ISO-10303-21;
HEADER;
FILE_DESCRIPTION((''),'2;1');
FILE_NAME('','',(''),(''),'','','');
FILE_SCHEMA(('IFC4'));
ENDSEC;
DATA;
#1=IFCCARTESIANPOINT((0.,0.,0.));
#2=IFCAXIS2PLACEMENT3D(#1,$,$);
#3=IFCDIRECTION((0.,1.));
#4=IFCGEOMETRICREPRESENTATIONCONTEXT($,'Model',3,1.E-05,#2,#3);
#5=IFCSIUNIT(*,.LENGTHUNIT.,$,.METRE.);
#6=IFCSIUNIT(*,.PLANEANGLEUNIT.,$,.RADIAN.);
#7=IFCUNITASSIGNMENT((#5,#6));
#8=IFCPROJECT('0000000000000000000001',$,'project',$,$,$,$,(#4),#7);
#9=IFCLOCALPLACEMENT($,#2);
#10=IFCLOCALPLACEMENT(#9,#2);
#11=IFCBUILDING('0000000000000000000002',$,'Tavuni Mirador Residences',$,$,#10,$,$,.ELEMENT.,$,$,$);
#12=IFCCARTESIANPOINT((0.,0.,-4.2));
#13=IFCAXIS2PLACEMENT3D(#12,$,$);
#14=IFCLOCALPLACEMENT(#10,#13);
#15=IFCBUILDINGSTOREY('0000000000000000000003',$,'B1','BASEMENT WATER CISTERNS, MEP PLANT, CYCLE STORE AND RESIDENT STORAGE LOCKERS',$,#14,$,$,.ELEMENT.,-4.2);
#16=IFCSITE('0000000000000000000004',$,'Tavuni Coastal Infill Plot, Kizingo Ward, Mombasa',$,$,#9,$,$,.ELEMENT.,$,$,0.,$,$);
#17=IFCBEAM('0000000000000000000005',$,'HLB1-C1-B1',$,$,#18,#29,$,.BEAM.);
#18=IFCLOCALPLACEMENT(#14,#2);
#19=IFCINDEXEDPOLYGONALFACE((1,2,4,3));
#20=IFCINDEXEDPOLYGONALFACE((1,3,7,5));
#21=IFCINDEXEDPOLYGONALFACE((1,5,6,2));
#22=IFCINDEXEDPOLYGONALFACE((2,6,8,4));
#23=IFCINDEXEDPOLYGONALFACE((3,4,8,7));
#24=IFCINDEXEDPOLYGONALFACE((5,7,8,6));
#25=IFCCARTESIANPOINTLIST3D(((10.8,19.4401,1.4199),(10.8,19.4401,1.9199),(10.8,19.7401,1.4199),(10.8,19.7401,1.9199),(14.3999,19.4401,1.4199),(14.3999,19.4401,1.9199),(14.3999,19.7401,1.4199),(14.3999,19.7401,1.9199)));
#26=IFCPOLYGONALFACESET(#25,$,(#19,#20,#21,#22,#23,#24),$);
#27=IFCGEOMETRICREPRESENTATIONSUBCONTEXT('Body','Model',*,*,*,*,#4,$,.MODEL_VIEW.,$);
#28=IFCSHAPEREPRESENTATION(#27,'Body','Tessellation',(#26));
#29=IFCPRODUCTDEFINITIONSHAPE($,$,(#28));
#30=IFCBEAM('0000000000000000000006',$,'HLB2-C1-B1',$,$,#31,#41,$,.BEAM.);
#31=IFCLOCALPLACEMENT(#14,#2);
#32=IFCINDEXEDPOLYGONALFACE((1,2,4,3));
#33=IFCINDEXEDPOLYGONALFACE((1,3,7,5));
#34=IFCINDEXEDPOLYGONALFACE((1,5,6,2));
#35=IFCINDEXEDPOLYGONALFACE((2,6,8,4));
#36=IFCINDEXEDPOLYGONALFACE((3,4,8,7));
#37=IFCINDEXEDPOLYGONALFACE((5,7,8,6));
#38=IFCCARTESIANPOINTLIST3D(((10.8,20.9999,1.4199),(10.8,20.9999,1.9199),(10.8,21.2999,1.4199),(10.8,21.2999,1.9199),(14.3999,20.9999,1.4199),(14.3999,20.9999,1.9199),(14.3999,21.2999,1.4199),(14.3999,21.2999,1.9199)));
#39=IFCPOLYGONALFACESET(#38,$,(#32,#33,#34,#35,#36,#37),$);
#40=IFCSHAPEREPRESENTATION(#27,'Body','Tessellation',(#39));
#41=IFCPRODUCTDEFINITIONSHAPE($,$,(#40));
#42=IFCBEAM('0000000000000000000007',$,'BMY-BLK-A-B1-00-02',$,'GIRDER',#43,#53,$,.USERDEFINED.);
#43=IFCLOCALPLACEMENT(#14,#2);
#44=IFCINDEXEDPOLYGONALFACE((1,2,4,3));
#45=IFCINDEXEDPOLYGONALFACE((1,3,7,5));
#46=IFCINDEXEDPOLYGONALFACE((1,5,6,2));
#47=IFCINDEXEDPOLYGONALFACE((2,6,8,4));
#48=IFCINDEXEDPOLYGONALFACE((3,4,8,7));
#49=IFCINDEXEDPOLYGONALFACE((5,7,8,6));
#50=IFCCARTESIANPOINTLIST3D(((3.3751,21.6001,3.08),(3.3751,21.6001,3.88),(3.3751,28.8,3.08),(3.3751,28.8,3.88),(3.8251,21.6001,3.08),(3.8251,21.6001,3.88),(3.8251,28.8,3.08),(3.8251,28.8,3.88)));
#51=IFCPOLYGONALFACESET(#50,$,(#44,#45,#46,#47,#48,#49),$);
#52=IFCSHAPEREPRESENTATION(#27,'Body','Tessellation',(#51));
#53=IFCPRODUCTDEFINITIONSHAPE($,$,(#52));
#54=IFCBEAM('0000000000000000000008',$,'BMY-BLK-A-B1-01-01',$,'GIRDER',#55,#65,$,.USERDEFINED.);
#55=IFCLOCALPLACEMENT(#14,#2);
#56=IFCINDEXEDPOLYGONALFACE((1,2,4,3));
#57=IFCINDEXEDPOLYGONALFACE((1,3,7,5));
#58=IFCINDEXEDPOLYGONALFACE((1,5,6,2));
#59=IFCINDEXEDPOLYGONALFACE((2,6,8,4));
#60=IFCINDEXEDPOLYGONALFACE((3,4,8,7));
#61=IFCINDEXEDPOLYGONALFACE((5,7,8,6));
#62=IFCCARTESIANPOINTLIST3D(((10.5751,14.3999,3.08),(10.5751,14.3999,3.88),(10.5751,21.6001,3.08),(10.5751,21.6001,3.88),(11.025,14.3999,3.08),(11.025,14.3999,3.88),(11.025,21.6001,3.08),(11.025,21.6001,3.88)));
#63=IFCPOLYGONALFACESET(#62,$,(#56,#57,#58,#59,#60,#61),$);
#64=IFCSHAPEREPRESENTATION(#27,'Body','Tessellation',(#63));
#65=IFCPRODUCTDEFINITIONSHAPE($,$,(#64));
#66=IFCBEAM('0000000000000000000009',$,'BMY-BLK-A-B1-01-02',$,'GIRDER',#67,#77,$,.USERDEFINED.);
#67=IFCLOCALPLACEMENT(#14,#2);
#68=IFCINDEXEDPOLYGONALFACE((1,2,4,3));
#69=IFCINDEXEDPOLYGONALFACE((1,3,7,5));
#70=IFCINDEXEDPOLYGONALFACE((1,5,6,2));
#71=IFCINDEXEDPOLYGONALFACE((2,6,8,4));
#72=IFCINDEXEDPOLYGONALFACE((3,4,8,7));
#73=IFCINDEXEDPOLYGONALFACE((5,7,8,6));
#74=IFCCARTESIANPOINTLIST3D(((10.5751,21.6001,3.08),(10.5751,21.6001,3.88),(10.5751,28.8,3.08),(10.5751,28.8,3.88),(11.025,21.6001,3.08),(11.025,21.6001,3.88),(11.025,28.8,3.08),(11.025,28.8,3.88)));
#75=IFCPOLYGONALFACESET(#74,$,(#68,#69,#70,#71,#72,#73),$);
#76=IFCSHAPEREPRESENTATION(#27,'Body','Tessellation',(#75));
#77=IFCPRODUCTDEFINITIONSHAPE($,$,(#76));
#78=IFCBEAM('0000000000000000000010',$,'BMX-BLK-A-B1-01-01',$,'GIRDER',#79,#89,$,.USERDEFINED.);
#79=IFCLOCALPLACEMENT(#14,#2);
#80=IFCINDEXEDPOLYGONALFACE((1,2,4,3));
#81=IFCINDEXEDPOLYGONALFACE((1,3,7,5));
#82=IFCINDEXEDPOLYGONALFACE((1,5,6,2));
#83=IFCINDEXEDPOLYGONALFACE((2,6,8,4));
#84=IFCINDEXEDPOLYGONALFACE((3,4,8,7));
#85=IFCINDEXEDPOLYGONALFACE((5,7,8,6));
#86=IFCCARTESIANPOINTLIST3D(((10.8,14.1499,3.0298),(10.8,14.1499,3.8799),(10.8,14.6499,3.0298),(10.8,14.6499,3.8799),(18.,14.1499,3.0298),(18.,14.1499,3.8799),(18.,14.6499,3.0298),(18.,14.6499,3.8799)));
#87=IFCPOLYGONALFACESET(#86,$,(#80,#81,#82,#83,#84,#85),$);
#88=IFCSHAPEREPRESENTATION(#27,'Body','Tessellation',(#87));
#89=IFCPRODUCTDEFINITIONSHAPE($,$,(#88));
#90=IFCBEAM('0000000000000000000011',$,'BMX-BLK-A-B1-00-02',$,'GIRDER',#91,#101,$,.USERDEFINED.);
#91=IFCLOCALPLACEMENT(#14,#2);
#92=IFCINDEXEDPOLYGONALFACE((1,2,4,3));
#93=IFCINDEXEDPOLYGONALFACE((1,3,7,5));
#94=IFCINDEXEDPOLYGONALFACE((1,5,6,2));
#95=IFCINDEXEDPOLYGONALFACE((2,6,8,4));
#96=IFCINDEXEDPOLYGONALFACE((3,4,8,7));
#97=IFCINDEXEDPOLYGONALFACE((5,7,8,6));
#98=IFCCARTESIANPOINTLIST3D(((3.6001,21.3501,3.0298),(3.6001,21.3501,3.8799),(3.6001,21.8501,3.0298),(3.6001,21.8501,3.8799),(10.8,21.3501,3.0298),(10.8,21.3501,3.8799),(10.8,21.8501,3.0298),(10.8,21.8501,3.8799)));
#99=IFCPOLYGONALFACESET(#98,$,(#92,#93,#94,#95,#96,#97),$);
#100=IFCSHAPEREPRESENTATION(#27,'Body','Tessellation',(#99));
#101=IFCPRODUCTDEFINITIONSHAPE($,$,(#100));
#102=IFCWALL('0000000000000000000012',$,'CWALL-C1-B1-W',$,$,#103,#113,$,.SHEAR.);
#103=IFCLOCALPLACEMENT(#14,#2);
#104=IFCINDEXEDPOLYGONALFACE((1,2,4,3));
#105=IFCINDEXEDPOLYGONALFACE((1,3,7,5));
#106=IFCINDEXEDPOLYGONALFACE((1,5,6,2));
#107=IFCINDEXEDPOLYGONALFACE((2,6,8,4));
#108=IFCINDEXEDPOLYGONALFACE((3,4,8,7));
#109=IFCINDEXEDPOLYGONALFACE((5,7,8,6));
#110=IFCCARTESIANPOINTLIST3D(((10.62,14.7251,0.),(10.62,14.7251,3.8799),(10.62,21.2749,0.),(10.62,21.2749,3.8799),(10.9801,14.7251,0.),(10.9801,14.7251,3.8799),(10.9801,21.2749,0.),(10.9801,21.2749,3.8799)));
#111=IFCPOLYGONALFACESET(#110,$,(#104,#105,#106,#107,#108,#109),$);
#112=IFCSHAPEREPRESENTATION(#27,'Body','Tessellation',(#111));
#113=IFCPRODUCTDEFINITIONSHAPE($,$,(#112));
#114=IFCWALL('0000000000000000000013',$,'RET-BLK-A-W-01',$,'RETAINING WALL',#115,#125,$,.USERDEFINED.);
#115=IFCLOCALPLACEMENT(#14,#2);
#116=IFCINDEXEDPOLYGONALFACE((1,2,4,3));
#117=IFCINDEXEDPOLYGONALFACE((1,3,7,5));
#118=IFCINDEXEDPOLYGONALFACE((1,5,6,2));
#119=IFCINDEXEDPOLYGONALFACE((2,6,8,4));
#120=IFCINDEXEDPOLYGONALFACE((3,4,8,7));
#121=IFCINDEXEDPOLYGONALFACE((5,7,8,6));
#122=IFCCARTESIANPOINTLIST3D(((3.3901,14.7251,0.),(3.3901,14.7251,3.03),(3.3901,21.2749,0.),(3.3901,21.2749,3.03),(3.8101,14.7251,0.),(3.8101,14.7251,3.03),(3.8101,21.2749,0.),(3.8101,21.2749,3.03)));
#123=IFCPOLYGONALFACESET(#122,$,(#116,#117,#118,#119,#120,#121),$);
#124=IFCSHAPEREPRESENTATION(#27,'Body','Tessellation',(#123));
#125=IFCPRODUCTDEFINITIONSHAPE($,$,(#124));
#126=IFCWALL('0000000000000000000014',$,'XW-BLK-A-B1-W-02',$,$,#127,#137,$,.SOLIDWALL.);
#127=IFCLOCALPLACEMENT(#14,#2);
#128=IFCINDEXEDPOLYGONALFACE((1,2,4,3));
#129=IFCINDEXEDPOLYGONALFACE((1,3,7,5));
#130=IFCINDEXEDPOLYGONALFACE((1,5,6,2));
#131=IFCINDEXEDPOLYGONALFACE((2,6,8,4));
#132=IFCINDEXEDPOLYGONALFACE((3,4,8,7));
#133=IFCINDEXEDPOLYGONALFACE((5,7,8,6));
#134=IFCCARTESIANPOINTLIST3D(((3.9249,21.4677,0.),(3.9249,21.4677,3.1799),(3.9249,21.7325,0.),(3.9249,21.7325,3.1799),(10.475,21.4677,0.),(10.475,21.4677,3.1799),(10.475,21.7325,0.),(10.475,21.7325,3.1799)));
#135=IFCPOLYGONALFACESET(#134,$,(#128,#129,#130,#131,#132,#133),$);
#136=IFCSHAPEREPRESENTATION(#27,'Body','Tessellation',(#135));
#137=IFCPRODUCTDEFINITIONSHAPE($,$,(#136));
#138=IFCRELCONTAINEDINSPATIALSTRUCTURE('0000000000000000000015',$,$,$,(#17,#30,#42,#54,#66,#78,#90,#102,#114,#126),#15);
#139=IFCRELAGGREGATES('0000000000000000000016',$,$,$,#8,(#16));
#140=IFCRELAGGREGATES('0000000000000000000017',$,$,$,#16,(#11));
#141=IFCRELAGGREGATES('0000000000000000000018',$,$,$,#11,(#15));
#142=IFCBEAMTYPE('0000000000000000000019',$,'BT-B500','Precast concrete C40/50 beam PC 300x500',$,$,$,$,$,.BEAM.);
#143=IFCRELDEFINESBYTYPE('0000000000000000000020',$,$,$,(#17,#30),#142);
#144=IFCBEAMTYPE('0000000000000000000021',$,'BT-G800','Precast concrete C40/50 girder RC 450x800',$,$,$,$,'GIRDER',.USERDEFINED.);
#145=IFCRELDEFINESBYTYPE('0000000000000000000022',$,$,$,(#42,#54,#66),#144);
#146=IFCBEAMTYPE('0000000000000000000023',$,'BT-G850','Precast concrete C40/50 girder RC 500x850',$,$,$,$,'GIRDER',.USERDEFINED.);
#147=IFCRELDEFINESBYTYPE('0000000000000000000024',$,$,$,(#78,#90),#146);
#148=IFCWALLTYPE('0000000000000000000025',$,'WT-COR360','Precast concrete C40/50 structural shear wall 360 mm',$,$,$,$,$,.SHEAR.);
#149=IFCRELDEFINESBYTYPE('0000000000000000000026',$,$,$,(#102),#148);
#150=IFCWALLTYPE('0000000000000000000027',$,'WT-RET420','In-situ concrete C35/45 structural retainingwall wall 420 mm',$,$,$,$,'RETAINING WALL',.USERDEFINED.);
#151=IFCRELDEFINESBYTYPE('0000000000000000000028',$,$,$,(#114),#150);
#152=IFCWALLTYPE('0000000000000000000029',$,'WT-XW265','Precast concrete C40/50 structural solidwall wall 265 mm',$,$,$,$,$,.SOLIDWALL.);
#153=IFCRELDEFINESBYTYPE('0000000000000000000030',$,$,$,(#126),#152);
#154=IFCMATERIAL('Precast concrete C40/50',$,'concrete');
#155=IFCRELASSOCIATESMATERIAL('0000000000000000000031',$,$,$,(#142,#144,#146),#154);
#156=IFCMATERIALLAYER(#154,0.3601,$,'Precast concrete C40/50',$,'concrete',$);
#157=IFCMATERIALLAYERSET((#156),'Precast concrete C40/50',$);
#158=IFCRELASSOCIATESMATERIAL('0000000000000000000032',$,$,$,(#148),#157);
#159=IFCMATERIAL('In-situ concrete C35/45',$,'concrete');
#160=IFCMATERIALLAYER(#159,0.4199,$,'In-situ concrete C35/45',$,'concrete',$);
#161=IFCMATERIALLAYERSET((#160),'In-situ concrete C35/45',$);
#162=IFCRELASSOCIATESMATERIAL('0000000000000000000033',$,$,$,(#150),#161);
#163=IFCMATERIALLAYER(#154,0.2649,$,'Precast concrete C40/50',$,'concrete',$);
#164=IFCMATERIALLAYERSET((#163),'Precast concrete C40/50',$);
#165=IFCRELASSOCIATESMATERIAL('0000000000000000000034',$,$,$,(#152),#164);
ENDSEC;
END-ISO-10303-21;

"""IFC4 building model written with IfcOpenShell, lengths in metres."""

from ifc_helpers import new_model, si_unit, direction, frame, frame_2d, origin, origin_2d, place, context, subcontext, project, spatial, rectangle, extrude, material, layer, layer_set, material_profile, profile_set, type_object, element, save


model = new_model("IFC4")

# Units and contexts
model_context = context("Model", 3, precision=1e-05, world=origin(), true_north=direction((0.0, 1.0)))
body_context = subcontext(model_context, "Body", "Model", "MODEL_VIEW")
ifc_project = project(units=[si_unit("LENGTHUNIT", "METRE"), si_unit("PLANEANGLEUNIT", "RADIAN")], contexts=[model_context])

# Site, building, storey
site_placement = place(None, origin())
site = spatial("IfcSite", under=ifc_project, at=site_placement, Name="Tavuni Coastal Infill Plot, Kizingo Ward, Mombasa", CompositionType="ELEMENT", RefElevation=0.0)
building_placement = place(site_placement, origin())
building = spatial("IfcBuilding", under=site, at=building_placement, Name="Tavuni Mirador Residences", CompositionType="ELEMENT")
storey_placement = place(building_placement, frame((0.0, 0.0, -4.2)))
storey = spatial("IfcBuildingStorey", under=building, at=storey_placement, Name="B1", Description="BASEMENT WATER CISTERNS, MEP PLANT, CYCLE STORE AND RESIDENT STORAGE LOCKERS", CompositionType="ELEMENT", Elevation=-4.2)

# Shared definitions
ifc_material_1 = material(Name="In-situ concrete C35/45", Category="concrete")

# Beams
ifc_material_2 = material(Name="Precast concrete C40/50", Category="concrete")
ifc_material_profile_1 = material_profile(ifc_material_2, rectangle(XDim=0.3, YDim=0.5, at=origin_2d()), Name="PC 300x500", Category="concrete")
ifc_profile_set_1 = profile_set([ifc_material_profile_1], Name="Precast concrete C40/50")
beam_type_1 = type_object("IfcBeamType", Name="BT-B500", Description="Precast concrete C40/50 beam PC 300x500", PredefinedType="BEAM", material=ifc_profile_set_1)
for number, where, z_axis, x_axis, name in (
    (1, (10.8, 19.5901, 1.6699), (1.0, 0.0, 0.0), (0.0, 1.0, 0.0), "HLB1-C1-B1"),
    (2, (10.8, 21.1499, 1.6699), (1.0, 0.0, 0.0), (0.0, 1.0, 0.0), "HLB2-C1-B1"),
):
    element("IfcBeam", number, at=place(storey_placement, frame(where, z_axis=z_axis, x_axis=x_axis)), inside=storey, type_object=beam_type_1, Name=name, PredefinedType="BEAM", context=body_context, shape_type="SweptSolid", body=[
        extrude(rectangle(XDim=0.3, YDim=0.5, at=origin_2d()), origin(), (0.0, 0.0, 1.0), 3.5999),
    ])
ifc_material_profile_2 = material_profile(ifc_material_2, rectangle(XDim=0.45, YDim=0.8, at=origin_2d()), Name="RC 450x800", Category="concrete")
ifc_profile_set_2 = profile_set([ifc_material_profile_2], Name="Precast concrete C40/50")
beam_type_2 = type_object("IfcBeamType", Name="BT-G800", Description="Precast concrete C40/50 girder RC 450x800", ElementType="GIRDER", PredefinedType="USERDEFINED", material=ifc_profile_set_2)
beam_1_placement = place(storey_placement, frame((3.6001, 21.6001, 3.48), z_axis=(0.0, 1.0, 0.0), x_axis=(-1.0, 0.0, 0.0)))
element("IfcBeam", 3, at=beam_1_placement, inside=storey, type_object=beam_type_2, Name="BMY-BLK-A-B1-00-02", ObjectType="GIRDER", PredefinedType="USERDEFINED", context=body_context, shape_type="SweptSolid", body=[
    extrude(rectangle(XDim=0.45, YDim=0.8, at=origin_2d()), origin(), (0.0, 0.0, 1.0), 7.2),
])
beam_2_placement = place(storey_placement, frame((10.8, 14.3999, 3.48), z_axis=(0.0, 1.0, 0.0), x_axis=(-1.0, 0.0, 0.0)))
element("IfcBeam", 4, at=beam_2_placement, inside=storey, type_object=beam_type_2, Name="BMY-BLK-A-B1-01-01", ObjectType="GIRDER", PredefinedType="USERDEFINED", context=body_context, shape_type="SweptSolid", body=[
    extrude(rectangle(XDim=0.45, YDim=0.8, at=origin_2d()), origin(), (0.0, 0.0, 1.0), 7.2002),
])
beam_3_placement = place(storey_placement, frame((10.8, 21.6001, 3.48), z_axis=(0.0, 1.0, 0.0), x_axis=(-1.0, 0.0, 0.0)))
element("IfcBeam", 5, at=beam_3_placement, inside=storey, type_object=beam_type_2, Name="BMY-BLK-A-B1-01-02", ObjectType="GIRDER", PredefinedType="USERDEFINED", context=body_context, shape_type="SweptSolid", body=[
    extrude(rectangle(XDim=0.45, YDim=0.8, at=origin_2d()), origin(), (0.0, 0.0, 1.0), 7.2),
])
ifc_material_profile_3 = material_profile(ifc_material_2, rectangle(XDim=0.5, YDim=0.8501, at=origin_2d()), Name="RC 500x850", Category="concrete")
ifc_profile_set_3 = profile_set([ifc_material_profile_3], Name="Precast concrete C40/50")
beam_type_3 = type_object("IfcBeamType", Name="BT-G850", Description="Precast concrete C40/50 girder RC 500x850", ElementType="GIRDER", PredefinedType="USERDEFINED", material=ifc_profile_set_3)
for number, where, z_axis, x_axis, name in (
    (6, (10.8, 14.3999, 3.4548), (1.0, 0.0, 0.0), (0.0, 1.0, 0.0), "BMX-BLK-A-B1-01-01"),
    (7, (3.6001, 21.6001, 3.4548), (1.0, 0.0, 0.0), (0.0, 1.0, 0.0), "BMX-BLK-A-B1-00-02"),
):
    element("IfcBeam", number, at=place(storey_placement, frame(where, z_axis=z_axis, x_axis=x_axis)), inside=storey, type_object=beam_type_3, Name=name, ObjectType="GIRDER", PredefinedType="USERDEFINED", context=body_context, shape_type="SweptSolid", body=[
        extrude(rectangle(XDim=0.5, YDim=0.8501, at=origin_2d()), origin(), (0.0, 0.0, 1.0), 7.2),
    ])

# Walls
ifc_layer_1 = layer(ifc_material_2, 0.3601, Name="Precast concrete C40/50", Category="concrete")
ifc_layer_set_1 = layer_set([ifc_layer_1], Name="Precast concrete C40/50")
wall_type_1 = type_object("IfcWallType", Name="WT-COR360", Description="Precast concrete C40/50 structural shear wall 360 mm", PredefinedType="SHEAR", material=ifc_layer_set_1)
wall_1_placement = place(storey_placement, frame((10.8, 14.7251, 0.0), z_axis=(0.0, 0.0, 1.0), x_axis=(0.0, 1.0, 0.0)))
element("IfcWall", 8, at=wall_1_placement, inside=storey, type_object=wall_type_1, Name="CWALL-C1-B1-W", PredefinedType="SHEAR", context=body_context, shape_type="SweptSolid", body=[
    extrude(rectangle(XDim=6.5498, YDim=0.3601, at=frame_2d((3.2749, 0.0))), origin(), (0.0, 0.0, 1.0), 3.8799),
])
ifc_layer_2 = layer(ifc_material_1, 0.4199, Name="In-situ concrete C35/45", Category="concrete")
ifc_layer_set_2 = layer_set([ifc_layer_2], Name="In-situ concrete C35/45")
wall_type_2 = type_object("IfcWallType", Name="WT-RET420", Description="In-situ concrete C35/45 structural retainingwall wall 420 mm", ElementType="RETAINING WALL", PredefinedType="USERDEFINED", material=ifc_layer_set_2)
wall_2_placement = place(storey_placement, frame((3.6001, 21.2749, 0.0), z_axis=(0.0, 0.0, 1.0), x_axis=(0.0, -1.0, 0.0)))
element("IfcWall", 9, at=wall_2_placement, inside=storey, type_object=wall_type_2, Name="RET-BLK-A-W-01", ObjectType="RETAINING WALL", PredefinedType="USERDEFINED", context=body_context, shape_type="SweptSolid", body=[
    extrude(rectangle(XDim=6.5498, YDim=0.4199, at=frame_2d((3.2749, 0.0))), origin(), (0.0, 0.0, 1.0), 3.03),
])
ifc_layer_3 = layer(ifc_material_2, 0.2649, Name="Precast concrete C40/50", Category="concrete")
ifc_layer_set_3 = layer_set([ifc_layer_3], Name="Precast concrete C40/50")
wall_type_3 = type_object("IfcWallType", Name="WT-XW265", Description="Precast concrete C40/50 structural solidwall wall 265 mm", PredefinedType="SOLIDWALL", material=ifc_layer_set_3)
wall_3_placement = place(storey_placement, frame((3.925, 21.6001, 0.0), z_axis=(0.0, 0.0, 1.0), x_axis=(1.0, 0.0, 0.0)))
element("IfcWall", 10, at=wall_3_placement, inside=storey, type_object=wall_type_3, Name="XW-BLK-A-B1-W-02", PredefinedType="SOLIDWALL", context=body_context, shape_type="SweptSolid", body=[
    extrude(rectangle(XDim=6.55, YDim=0.2649, at=frame_2d((3.2749, 0.0))), origin(), (0.0, 0.0, 1.0), 3.1799),
])

save(model, "model.ifc")
